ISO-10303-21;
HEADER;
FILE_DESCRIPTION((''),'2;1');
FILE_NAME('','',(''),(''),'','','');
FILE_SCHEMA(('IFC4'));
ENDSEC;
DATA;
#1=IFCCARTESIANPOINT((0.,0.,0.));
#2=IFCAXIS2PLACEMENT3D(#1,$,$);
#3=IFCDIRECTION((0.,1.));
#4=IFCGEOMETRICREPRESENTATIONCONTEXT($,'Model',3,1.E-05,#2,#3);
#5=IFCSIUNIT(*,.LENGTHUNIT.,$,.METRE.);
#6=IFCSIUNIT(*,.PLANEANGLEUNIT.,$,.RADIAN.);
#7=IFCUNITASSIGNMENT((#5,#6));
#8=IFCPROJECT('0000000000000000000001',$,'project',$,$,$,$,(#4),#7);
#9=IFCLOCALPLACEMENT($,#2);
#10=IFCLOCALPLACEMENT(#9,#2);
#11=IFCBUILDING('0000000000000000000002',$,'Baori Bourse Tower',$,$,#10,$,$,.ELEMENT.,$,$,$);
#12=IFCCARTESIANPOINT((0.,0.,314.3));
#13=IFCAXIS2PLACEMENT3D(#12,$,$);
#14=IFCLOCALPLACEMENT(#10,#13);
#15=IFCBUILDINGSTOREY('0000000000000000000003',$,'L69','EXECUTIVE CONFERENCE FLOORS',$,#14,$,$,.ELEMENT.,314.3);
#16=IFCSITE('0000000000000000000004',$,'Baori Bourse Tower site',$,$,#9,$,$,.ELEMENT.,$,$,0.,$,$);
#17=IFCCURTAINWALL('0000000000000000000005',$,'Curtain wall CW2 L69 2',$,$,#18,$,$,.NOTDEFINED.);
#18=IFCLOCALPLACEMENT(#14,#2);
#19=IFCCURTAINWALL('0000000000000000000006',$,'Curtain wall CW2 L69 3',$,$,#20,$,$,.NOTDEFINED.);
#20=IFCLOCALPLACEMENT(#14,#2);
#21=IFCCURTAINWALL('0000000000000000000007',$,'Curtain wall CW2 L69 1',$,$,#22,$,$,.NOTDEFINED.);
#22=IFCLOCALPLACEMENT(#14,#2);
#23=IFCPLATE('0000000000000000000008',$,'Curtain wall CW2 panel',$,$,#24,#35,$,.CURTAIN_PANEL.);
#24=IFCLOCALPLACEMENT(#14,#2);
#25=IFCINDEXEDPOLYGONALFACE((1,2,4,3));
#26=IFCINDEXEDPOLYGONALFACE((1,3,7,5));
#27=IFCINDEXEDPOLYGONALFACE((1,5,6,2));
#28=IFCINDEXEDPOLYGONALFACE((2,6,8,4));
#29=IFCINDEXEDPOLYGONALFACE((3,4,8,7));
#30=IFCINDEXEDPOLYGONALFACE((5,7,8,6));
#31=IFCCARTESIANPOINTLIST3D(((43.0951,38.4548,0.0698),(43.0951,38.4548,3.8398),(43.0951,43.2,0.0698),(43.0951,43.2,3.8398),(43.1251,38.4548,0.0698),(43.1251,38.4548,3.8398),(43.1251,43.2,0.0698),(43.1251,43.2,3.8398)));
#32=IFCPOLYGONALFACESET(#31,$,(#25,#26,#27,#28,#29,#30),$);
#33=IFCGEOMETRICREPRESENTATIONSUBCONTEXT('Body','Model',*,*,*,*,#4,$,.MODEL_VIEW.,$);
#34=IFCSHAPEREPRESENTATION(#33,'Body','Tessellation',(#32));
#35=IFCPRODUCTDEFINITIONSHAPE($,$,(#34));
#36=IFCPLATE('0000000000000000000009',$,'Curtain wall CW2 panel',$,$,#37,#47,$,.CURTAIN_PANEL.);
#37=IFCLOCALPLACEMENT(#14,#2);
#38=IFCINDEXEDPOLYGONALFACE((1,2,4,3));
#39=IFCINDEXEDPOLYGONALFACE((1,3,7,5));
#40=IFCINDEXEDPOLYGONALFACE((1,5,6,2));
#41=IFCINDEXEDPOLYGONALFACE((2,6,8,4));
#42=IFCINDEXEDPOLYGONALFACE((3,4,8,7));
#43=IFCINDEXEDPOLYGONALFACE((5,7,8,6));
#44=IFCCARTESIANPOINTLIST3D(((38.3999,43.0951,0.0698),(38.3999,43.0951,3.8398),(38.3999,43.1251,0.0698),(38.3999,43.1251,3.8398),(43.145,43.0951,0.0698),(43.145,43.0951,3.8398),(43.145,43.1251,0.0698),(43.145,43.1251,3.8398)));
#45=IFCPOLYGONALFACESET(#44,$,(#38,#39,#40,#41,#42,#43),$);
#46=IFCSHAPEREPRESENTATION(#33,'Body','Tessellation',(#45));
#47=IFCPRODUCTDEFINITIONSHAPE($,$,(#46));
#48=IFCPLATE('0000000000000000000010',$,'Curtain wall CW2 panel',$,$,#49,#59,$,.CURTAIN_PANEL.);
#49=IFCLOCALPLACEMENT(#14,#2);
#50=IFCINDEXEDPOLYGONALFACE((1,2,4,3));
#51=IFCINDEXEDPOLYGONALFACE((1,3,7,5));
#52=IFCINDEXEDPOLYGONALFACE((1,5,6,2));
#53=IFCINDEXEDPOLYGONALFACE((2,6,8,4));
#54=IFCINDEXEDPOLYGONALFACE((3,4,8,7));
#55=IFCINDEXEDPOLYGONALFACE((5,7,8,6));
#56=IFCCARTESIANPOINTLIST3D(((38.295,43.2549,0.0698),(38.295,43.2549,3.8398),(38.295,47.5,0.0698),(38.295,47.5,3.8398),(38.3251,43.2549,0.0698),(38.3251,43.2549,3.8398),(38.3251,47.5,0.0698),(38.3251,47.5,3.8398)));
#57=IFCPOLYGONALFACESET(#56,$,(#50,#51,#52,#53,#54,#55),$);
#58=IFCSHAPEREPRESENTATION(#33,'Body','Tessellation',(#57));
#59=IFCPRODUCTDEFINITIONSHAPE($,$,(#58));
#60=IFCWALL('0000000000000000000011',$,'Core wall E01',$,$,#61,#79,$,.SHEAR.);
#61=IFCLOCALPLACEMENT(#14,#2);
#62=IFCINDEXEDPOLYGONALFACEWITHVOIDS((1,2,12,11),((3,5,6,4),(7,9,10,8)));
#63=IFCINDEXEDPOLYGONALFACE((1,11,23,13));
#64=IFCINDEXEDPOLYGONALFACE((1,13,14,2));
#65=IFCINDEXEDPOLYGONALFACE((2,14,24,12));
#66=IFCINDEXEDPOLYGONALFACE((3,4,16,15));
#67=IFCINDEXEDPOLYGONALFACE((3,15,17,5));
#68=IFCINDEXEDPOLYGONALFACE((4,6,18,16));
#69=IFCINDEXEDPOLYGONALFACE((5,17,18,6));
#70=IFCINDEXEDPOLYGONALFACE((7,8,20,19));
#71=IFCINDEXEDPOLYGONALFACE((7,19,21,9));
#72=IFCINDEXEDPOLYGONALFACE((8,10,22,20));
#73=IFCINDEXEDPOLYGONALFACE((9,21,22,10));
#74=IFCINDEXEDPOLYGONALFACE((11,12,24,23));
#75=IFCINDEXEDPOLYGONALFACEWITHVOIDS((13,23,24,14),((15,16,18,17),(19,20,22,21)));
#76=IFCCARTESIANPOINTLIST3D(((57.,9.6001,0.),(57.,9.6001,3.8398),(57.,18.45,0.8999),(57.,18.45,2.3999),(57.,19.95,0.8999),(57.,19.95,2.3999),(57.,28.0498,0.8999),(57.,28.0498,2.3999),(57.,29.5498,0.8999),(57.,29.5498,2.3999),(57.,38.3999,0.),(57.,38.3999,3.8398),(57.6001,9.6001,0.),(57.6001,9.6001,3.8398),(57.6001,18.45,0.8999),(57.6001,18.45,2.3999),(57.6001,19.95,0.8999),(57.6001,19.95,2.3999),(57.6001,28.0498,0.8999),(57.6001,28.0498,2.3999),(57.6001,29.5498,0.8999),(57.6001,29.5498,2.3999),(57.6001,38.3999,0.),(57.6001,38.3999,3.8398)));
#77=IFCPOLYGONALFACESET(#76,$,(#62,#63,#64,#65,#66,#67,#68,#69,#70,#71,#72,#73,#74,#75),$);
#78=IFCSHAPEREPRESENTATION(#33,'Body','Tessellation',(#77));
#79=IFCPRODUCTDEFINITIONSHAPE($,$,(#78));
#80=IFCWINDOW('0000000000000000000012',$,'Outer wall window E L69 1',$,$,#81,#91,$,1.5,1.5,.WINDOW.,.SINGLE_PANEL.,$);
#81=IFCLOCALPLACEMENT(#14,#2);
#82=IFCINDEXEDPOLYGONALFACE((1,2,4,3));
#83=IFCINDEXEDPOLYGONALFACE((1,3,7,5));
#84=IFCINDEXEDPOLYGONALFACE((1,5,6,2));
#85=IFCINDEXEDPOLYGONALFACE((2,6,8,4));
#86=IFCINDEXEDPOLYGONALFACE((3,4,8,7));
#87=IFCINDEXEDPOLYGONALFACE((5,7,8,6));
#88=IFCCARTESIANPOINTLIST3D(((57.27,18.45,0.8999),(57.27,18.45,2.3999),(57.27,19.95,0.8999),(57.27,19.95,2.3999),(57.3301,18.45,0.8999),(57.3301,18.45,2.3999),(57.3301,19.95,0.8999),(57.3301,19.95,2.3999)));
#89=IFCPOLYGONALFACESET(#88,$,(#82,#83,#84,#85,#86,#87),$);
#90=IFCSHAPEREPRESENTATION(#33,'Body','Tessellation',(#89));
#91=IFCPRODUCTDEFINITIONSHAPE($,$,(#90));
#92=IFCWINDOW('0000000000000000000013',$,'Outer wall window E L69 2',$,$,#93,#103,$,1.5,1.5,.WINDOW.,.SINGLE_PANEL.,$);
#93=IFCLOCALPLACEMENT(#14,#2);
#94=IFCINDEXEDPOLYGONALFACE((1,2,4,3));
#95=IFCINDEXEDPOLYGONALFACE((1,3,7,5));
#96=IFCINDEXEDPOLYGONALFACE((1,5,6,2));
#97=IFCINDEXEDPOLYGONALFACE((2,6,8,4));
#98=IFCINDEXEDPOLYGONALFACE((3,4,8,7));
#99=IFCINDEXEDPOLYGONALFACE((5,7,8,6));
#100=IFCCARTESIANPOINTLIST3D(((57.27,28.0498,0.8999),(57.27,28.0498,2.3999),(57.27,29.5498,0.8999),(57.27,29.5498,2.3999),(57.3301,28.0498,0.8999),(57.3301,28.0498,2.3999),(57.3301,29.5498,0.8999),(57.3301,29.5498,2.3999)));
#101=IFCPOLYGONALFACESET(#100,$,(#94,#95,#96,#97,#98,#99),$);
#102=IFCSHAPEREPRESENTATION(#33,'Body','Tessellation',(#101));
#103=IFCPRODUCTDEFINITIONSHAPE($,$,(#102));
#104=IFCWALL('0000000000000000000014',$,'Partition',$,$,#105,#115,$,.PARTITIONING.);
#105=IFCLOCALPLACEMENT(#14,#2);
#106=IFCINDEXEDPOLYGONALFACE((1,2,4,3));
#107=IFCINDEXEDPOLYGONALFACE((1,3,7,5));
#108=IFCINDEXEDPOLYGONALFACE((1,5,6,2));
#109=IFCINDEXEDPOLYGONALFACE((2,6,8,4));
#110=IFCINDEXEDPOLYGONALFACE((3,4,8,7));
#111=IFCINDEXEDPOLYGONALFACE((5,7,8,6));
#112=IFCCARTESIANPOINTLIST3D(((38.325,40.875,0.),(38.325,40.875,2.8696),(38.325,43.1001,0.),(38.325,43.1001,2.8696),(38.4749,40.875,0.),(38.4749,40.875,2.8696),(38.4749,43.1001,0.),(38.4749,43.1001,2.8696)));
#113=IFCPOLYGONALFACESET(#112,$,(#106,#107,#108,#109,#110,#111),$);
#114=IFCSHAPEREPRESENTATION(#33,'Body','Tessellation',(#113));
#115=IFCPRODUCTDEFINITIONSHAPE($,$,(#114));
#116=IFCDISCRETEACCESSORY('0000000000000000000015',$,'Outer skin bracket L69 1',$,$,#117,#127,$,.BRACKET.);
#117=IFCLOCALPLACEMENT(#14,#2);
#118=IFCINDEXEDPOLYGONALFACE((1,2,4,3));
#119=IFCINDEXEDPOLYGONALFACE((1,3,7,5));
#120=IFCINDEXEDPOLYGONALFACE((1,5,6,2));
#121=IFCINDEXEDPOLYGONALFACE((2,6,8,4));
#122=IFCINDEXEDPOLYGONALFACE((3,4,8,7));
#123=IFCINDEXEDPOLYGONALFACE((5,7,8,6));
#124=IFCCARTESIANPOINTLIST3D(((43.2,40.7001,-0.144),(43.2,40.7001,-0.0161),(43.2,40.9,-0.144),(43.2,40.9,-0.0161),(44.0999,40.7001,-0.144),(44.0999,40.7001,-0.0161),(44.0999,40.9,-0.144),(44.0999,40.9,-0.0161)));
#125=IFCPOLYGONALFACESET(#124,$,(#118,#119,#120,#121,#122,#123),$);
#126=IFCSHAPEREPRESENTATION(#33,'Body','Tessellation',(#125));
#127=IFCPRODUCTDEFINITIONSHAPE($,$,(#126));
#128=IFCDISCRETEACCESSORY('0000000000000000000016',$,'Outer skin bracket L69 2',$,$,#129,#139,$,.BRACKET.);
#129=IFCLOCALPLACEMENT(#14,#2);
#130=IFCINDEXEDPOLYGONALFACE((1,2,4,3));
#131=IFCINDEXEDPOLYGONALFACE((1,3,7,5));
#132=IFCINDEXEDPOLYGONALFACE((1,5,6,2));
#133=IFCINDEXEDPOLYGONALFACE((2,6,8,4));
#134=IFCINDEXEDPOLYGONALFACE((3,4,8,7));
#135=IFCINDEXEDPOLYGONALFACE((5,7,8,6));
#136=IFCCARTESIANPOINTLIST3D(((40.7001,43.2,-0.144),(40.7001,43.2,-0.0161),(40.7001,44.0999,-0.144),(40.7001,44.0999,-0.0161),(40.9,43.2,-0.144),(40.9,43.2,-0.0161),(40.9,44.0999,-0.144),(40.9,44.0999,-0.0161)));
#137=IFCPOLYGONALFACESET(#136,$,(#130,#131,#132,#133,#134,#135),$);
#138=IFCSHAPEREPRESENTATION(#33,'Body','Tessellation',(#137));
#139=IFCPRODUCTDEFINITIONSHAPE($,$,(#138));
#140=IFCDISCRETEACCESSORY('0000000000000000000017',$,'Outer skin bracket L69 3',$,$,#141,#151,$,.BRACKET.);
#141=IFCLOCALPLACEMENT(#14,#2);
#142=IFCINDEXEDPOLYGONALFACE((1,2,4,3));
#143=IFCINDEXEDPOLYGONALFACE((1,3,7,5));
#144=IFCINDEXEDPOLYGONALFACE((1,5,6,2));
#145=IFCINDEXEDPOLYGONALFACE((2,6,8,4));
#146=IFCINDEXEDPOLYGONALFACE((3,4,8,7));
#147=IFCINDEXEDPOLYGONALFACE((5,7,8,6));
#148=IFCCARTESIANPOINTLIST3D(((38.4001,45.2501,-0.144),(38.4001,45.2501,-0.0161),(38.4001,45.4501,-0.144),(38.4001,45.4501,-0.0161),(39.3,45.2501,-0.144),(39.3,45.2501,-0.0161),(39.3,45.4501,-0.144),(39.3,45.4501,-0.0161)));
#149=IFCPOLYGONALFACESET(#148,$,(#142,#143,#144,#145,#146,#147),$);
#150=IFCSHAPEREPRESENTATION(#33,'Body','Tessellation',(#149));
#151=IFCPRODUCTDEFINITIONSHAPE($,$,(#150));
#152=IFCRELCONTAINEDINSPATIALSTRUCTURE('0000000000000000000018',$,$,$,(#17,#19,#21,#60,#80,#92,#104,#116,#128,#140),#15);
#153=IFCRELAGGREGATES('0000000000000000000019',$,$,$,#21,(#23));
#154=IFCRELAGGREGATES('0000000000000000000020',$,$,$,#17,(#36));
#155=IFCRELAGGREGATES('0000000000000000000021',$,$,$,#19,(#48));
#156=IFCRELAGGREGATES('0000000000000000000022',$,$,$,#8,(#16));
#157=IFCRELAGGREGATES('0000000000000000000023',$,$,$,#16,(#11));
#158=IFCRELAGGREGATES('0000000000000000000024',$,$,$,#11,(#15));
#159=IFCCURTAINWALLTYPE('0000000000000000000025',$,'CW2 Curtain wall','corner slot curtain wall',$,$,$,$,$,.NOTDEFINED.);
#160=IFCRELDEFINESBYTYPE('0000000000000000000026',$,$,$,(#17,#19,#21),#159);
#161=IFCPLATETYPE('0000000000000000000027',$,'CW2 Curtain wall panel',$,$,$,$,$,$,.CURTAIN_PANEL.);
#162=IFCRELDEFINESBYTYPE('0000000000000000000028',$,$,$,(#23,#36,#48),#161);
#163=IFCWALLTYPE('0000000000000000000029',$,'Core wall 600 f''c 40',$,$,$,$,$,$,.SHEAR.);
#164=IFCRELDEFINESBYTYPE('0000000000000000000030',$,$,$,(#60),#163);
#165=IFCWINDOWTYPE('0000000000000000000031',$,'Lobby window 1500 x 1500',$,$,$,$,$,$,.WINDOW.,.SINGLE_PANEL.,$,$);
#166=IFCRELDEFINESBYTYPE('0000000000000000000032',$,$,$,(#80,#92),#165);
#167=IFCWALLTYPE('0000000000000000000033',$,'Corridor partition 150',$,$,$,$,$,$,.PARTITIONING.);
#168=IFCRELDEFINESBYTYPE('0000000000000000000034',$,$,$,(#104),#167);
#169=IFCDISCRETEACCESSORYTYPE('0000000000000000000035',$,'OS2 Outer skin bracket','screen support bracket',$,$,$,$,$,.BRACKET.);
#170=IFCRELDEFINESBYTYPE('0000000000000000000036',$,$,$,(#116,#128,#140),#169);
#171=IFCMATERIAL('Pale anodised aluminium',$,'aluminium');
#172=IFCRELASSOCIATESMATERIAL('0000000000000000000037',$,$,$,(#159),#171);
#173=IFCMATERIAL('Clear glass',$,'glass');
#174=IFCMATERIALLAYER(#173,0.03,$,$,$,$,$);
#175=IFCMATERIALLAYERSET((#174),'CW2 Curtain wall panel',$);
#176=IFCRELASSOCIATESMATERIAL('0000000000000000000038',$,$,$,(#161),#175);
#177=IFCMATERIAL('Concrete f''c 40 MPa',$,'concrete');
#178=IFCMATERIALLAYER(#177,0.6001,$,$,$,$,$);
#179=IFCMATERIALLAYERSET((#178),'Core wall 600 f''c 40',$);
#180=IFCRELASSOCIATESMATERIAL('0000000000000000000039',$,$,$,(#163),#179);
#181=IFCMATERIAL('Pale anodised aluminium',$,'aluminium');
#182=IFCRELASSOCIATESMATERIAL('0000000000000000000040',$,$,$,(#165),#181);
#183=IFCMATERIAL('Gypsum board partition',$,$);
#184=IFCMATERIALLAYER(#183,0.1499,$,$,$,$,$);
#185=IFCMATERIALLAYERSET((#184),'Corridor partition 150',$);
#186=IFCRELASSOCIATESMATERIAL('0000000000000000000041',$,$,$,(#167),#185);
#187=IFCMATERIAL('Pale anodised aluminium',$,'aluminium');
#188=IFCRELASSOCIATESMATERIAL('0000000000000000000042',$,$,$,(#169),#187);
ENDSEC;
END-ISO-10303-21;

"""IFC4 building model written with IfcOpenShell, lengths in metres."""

from ifc_helpers import new_model, si_unit, direction, frame, frame_2d, origin, origin_2d, place, context, subcontext, project, spatial, rectangle, extrude, material, layer, layer_set, type_object, element, fill, aggregate, save


model = new_model("IFC4")

# Units and contexts
model_context = context("Model", 3, precision=1e-05, world=origin(), true_north=direction((0.0, 1.0)))
body_context = subcontext(model_context, "Body", "Model", "MODEL_VIEW")
ifc_project = project(units=[si_unit("LENGTHUNIT", "METRE"), si_unit("PLANEANGLEUNIT", "RADIAN")], contexts=[model_context])

# Site, building, storey
site_placement = place(None, origin())
site = spatial("IfcSite", under=ifc_project, at=site_placement, Name="Baori Bourse Tower site", CompositionType="ELEMENT", RefElevation=0.0)
building_placement = place(site_placement, origin())
building = spatial("IfcBuilding", under=site, at=building_placement, Name="Baori Bourse Tower", CompositionType="ELEMENT")
storey_placement = place(building_placement, frame((0.0, 0.0, 314.3)))
storey = spatial("IfcBuildingStorey", under=building, at=storey_placement, Name="L69", Description="EXECUTIVE CONFERENCE FLOORS", CompositionType="ELEMENT", Elevation=314.3)

# Curtain walls
ifc_material_1 = material(Name="Pale anodised aluminium", Category="aluminium")
curtain_wall_type_1 = type_object("IfcCurtainWallType", Name="CW2 Curtain wall", Description="corner slot curtain wall", PredefinedType="NOTDEFINED", material=ifc_material_1)
curtain_wall_1_placement = place(storey_placement, origin())
curtain_wall_1 = element("IfcCurtainWall", 1, at=curtain_wall_1_placement, inside=storey, type_object=curtain_wall_type_1, Name="Curtain wall CW2 L69 2", PredefinedType="NOTDEFINED")
curtain_wall_2_placement = place(storey_placement, origin())
curtain_wall_2 = element("IfcCurtainWall", 2, at=curtain_wall_2_placement, inside=storey, type_object=curtain_wall_type_1, Name="Curtain wall CW2 L69 3", PredefinedType="NOTDEFINED")
curtain_wall_3_placement = place(storey_placement, origin())
curtain_wall_3 = element("IfcCurtainWall", 3, at=curtain_wall_3_placement, inside=storey, type_object=curtain_wall_type_1, Name="Curtain wall CW2 L69 1", PredefinedType="NOTDEFINED")

# Plates
ifc_material_2 = material(Name="Clear glass", Category="glass")
ifc_layer_1 = layer(ifc_material_2, 0.03)
ifc_layer_set_1 = layer_set([ifc_layer_1], Name="CW2 Curtain wall panel")
plate_type = type_object("IfcPlateType", Name="CW2 Curtain wall panel", PredefinedType="CURTAIN_PANEL", material=ifc_layer_set_1)
plate_1_placement = place(storey_placement, frame((43.1101, 40.8274, 0.0698), z_axis=(0.0, 0.0, 1.0), x_axis=(0.0, 1.0, 0.0)))
plate_1 = element("IfcPlate", 4, at=plate_1_placement, type_object=plate_type, Name="Curtain wall CW2 panel", PredefinedType="CURTAIN_PANEL", context=body_context, shape_type="SweptSolid", body=[
    extrude(rectangle(XDim=4.7451, YDim=0.03, at=origin_2d()), origin(), (0.0, 0.0, 1.0), 3.77),
])
aggregate(curtain_wall_3, [plate_1])
plate_2_placement = place(storey_placement, frame((40.7725, 43.1101, 0.0698), z_axis=(0.0, 0.0, 1.0), x_axis=(-1.0, 0.0, 0.0)))
plate_2 = element("IfcPlate", 5, at=plate_2_placement, type_object=plate_type, Name="Curtain wall CW2 panel", PredefinedType="CURTAIN_PANEL", context=body_context, shape_type="SweptSolid", body=[
    extrude(rectangle(XDim=4.7451, YDim=0.03, at=origin_2d()), origin(), (0.0, 0.0, 1.0), 3.77),
])
aggregate(curtain_wall_1, [plate_2])
plate_3_placement = place(storey_placement, frame((38.3101, 45.3774, 0.0698), z_axis=(0.0, 0.0, 1.0), x_axis=(0.0, 1.0, 0.0)))
plate_3 = element("IfcPlate", 6, at=plate_3_placement, type_object=plate_type, Name="Curtain wall CW2 panel", PredefinedType="CURTAIN_PANEL", context=body_context, shape_type="SweptSolid", body=[
    extrude(rectangle(XDim=4.2451, YDim=0.03, at=origin_2d()), origin(), (0.0, 0.0, 1.0), 3.77),
])
aggregate(curtain_wall_2, [plate_3])

# Wall, openings, windows
ifc_material_3 = material(Name="Concrete f'c 40 MPa", Category="concrete")
ifc_layer_2 = layer(ifc_material_3, 0.6001)
ifc_layer_set_2 = layer_set([ifc_layer_2], Name="Core wall 600 f'c 40")
wall_type_1 = type_object("IfcWallType", Name="Core wall 600 f'c 40", PredefinedType="SHEAR", material=ifc_layer_set_2)
wall_1_placement = place(storey_placement, frame((57.3, 38.3999, 0.0), z_axis=(0.0, 0.0, 1.0), x_axis=(0.0, -1.0, 0.0)))
wall_1 = element("IfcWall", 7, at=wall_1_placement, inside=storey, type_object=wall_type_1, Name="Core wall E01", PredefinedType="SHEAR", context=body_context, shape_type="SweptSolid", body=[
    extrude(rectangle(XDim=28.7998, YDim=0.6001, at=frame_2d((14.3999, 0.0))), origin(), (0.0, 0.0, 1.0), 3.8398),
])
opening_1_placement = place(wall_1_placement, frame((18.45, 0.0, 0.8999)))
opening_1 = element("IfcOpeningElement", 8, at=opening_1_placement, cuts=wall_1, PredefinedType="OPENING", context=body_context, shape_type="SweptSolid", body=[
    extrude(rectangle(XDim=1.5, YDim=1.5, at=frame_2d((0.75, 0.75))), frame((0.0, 0.3101, 0.0), z_axis=(0.0, -1.0, 0.0), x_axis=(1.0, 0.0, 0.0)), (0.0, 0.0, 1.0), 0.6201),
])
opening_2_placement = place(wall_1_placement, frame((8.8501, 0.0, 0.8999)))
opening_2 = element("IfcOpeningElement", 9, at=opening_2_placement, cuts=wall_1, PredefinedType="OPENING", context=body_context, shape_type="SweptSolid", body=[
    extrude(rectangle(XDim=1.5, YDim=1.5, at=frame_2d((0.75, 0.75))), frame((0.0, 0.3101, 0.0), z_axis=(0.0, -1.0, 0.0), x_axis=(1.0, 0.0, 0.0)), (0.0, 0.0, 1.0), 0.6201),
])
ifc_material_4 = material(Name="Pale anodised aluminium", Category="aluminium")
window_type = type_object("IfcWindowType", Name="Lobby window 1500 x 1500", PartitioningType="SINGLE_PANEL", PredefinedType="WINDOW", material=ifc_material_4)
window_1_placement = place(opening_1_placement, origin())
window_1 = element("IfcWindow", 10, at=window_1_placement, inside=storey, type_object=window_type, Name="Outer wall window E L69 1", OverallHeight=1.5, OverallWidth=1.5, PartitioningType="SINGLE_PANEL", PredefinedType="WINDOW", context=body_context, shape_type="SweptSolid", body=[
    extrude(rectangle(XDim=1.5, YDim=1.5, at=frame_2d((0.75, 0.75))), frame((0.0, 0.03, 0.0), z_axis=(0.0, -1.0, 0.0), x_axis=(1.0, 0.0, 0.0)), (0.0, 0.0, 1.0), 0.0601),
])
fill(opening_1, window_1)
window_2_placement = place(opening_2_placement, origin())
window_2 = element("IfcWindow", 11, at=window_2_placement, inside=storey, type_object=window_type, Name="Outer wall window E L69 2", OverallHeight=1.5, OverallWidth=1.5, PartitioningType="SINGLE_PANEL", PredefinedType="WINDOW", context=body_context, shape_type="SweptSolid", body=[
    extrude(rectangle(XDim=1.5, YDim=1.5, at=frame_2d((0.75, 0.75))), frame((0.0, 0.03, 0.0), z_axis=(0.0, -1.0, 0.0), x_axis=(1.0, 0.0, 0.0)), (0.0, 0.0, 1.0), 0.0601),
])
fill(opening_2, window_2)

# Wall
ifc_material_5 = material(Name="Gypsum board partition")
ifc_layer_3 = layer(ifc_material_5, 0.1499)
ifc_layer_set_3 = layer_set([ifc_layer_3], Name="Corridor partition 150")
wall_type_2 = type_object("IfcWallType", Name="Corridor partition 150", PredefinedType="PARTITIONING", material=ifc_layer_set_3)
wall_2_placement = place(storey_placement, frame((38.3999, 40.875, 0.0), z_axis=(0.0, 0.0, 1.0), x_axis=(0.0, 1.0, 0.0)))
element("IfcWall", 12, at=wall_2_placement, inside=storey, type_object=wall_type_2, Name="Partition", PredefinedType="PARTITIONING", context=body_context, shape_type="SweptSolid", body=[
    extrude(rectangle(XDim=2.2251, YDim=0.1499, at=frame_2d((1.1125, 0.0))), origin(), (0.0, 0.0, 1.0), 2.8696),
])

# Discrete accessories
ifc_material_6 = material(Name="Pale anodised aluminium", Category="aluminium")
discrete_accessory_type = type_object("IfcDiscreteAccessoryType", Name="OS2 Outer skin bracket", Description="screen support bracket", PredefinedType="BRACKET", material=ifc_material_6)
for number, where, z_axis, x_axis, name in (
    (13, (43.6499, 40.8, -0.144), (0.0, 0.0, 1.0), (0.0, 1.0, 0.0), "Outer skin bracket L69 1"),
    (14, (40.8, 43.6499, -0.144), (0.0, 0.0, 1.0), (-1.0, 0.0, 0.0), "Outer skin bracket L69 2"),
    (15, (38.8501, 45.3501, -0.144), (0.0, 0.0, 1.0), (0.0, 1.0, 0.0), "Outer skin bracket L69 3"),
):
    element("IfcDiscreteAccessory", number, at=place(storey_placement, frame(where, z_axis=z_axis, x_axis=x_axis)), inside=storey, type_object=discrete_accessory_type, Name=name, PredefinedType="BRACKET", context=body_context, shape_type="SweptSolid", body=[
        extrude(rectangle(XDim=0.2, YDim=0.8999, at=origin_2d()), origin(), (0.0, 0.0, 1.0), 0.1279),
    ])

save(model, "model.ifc")
